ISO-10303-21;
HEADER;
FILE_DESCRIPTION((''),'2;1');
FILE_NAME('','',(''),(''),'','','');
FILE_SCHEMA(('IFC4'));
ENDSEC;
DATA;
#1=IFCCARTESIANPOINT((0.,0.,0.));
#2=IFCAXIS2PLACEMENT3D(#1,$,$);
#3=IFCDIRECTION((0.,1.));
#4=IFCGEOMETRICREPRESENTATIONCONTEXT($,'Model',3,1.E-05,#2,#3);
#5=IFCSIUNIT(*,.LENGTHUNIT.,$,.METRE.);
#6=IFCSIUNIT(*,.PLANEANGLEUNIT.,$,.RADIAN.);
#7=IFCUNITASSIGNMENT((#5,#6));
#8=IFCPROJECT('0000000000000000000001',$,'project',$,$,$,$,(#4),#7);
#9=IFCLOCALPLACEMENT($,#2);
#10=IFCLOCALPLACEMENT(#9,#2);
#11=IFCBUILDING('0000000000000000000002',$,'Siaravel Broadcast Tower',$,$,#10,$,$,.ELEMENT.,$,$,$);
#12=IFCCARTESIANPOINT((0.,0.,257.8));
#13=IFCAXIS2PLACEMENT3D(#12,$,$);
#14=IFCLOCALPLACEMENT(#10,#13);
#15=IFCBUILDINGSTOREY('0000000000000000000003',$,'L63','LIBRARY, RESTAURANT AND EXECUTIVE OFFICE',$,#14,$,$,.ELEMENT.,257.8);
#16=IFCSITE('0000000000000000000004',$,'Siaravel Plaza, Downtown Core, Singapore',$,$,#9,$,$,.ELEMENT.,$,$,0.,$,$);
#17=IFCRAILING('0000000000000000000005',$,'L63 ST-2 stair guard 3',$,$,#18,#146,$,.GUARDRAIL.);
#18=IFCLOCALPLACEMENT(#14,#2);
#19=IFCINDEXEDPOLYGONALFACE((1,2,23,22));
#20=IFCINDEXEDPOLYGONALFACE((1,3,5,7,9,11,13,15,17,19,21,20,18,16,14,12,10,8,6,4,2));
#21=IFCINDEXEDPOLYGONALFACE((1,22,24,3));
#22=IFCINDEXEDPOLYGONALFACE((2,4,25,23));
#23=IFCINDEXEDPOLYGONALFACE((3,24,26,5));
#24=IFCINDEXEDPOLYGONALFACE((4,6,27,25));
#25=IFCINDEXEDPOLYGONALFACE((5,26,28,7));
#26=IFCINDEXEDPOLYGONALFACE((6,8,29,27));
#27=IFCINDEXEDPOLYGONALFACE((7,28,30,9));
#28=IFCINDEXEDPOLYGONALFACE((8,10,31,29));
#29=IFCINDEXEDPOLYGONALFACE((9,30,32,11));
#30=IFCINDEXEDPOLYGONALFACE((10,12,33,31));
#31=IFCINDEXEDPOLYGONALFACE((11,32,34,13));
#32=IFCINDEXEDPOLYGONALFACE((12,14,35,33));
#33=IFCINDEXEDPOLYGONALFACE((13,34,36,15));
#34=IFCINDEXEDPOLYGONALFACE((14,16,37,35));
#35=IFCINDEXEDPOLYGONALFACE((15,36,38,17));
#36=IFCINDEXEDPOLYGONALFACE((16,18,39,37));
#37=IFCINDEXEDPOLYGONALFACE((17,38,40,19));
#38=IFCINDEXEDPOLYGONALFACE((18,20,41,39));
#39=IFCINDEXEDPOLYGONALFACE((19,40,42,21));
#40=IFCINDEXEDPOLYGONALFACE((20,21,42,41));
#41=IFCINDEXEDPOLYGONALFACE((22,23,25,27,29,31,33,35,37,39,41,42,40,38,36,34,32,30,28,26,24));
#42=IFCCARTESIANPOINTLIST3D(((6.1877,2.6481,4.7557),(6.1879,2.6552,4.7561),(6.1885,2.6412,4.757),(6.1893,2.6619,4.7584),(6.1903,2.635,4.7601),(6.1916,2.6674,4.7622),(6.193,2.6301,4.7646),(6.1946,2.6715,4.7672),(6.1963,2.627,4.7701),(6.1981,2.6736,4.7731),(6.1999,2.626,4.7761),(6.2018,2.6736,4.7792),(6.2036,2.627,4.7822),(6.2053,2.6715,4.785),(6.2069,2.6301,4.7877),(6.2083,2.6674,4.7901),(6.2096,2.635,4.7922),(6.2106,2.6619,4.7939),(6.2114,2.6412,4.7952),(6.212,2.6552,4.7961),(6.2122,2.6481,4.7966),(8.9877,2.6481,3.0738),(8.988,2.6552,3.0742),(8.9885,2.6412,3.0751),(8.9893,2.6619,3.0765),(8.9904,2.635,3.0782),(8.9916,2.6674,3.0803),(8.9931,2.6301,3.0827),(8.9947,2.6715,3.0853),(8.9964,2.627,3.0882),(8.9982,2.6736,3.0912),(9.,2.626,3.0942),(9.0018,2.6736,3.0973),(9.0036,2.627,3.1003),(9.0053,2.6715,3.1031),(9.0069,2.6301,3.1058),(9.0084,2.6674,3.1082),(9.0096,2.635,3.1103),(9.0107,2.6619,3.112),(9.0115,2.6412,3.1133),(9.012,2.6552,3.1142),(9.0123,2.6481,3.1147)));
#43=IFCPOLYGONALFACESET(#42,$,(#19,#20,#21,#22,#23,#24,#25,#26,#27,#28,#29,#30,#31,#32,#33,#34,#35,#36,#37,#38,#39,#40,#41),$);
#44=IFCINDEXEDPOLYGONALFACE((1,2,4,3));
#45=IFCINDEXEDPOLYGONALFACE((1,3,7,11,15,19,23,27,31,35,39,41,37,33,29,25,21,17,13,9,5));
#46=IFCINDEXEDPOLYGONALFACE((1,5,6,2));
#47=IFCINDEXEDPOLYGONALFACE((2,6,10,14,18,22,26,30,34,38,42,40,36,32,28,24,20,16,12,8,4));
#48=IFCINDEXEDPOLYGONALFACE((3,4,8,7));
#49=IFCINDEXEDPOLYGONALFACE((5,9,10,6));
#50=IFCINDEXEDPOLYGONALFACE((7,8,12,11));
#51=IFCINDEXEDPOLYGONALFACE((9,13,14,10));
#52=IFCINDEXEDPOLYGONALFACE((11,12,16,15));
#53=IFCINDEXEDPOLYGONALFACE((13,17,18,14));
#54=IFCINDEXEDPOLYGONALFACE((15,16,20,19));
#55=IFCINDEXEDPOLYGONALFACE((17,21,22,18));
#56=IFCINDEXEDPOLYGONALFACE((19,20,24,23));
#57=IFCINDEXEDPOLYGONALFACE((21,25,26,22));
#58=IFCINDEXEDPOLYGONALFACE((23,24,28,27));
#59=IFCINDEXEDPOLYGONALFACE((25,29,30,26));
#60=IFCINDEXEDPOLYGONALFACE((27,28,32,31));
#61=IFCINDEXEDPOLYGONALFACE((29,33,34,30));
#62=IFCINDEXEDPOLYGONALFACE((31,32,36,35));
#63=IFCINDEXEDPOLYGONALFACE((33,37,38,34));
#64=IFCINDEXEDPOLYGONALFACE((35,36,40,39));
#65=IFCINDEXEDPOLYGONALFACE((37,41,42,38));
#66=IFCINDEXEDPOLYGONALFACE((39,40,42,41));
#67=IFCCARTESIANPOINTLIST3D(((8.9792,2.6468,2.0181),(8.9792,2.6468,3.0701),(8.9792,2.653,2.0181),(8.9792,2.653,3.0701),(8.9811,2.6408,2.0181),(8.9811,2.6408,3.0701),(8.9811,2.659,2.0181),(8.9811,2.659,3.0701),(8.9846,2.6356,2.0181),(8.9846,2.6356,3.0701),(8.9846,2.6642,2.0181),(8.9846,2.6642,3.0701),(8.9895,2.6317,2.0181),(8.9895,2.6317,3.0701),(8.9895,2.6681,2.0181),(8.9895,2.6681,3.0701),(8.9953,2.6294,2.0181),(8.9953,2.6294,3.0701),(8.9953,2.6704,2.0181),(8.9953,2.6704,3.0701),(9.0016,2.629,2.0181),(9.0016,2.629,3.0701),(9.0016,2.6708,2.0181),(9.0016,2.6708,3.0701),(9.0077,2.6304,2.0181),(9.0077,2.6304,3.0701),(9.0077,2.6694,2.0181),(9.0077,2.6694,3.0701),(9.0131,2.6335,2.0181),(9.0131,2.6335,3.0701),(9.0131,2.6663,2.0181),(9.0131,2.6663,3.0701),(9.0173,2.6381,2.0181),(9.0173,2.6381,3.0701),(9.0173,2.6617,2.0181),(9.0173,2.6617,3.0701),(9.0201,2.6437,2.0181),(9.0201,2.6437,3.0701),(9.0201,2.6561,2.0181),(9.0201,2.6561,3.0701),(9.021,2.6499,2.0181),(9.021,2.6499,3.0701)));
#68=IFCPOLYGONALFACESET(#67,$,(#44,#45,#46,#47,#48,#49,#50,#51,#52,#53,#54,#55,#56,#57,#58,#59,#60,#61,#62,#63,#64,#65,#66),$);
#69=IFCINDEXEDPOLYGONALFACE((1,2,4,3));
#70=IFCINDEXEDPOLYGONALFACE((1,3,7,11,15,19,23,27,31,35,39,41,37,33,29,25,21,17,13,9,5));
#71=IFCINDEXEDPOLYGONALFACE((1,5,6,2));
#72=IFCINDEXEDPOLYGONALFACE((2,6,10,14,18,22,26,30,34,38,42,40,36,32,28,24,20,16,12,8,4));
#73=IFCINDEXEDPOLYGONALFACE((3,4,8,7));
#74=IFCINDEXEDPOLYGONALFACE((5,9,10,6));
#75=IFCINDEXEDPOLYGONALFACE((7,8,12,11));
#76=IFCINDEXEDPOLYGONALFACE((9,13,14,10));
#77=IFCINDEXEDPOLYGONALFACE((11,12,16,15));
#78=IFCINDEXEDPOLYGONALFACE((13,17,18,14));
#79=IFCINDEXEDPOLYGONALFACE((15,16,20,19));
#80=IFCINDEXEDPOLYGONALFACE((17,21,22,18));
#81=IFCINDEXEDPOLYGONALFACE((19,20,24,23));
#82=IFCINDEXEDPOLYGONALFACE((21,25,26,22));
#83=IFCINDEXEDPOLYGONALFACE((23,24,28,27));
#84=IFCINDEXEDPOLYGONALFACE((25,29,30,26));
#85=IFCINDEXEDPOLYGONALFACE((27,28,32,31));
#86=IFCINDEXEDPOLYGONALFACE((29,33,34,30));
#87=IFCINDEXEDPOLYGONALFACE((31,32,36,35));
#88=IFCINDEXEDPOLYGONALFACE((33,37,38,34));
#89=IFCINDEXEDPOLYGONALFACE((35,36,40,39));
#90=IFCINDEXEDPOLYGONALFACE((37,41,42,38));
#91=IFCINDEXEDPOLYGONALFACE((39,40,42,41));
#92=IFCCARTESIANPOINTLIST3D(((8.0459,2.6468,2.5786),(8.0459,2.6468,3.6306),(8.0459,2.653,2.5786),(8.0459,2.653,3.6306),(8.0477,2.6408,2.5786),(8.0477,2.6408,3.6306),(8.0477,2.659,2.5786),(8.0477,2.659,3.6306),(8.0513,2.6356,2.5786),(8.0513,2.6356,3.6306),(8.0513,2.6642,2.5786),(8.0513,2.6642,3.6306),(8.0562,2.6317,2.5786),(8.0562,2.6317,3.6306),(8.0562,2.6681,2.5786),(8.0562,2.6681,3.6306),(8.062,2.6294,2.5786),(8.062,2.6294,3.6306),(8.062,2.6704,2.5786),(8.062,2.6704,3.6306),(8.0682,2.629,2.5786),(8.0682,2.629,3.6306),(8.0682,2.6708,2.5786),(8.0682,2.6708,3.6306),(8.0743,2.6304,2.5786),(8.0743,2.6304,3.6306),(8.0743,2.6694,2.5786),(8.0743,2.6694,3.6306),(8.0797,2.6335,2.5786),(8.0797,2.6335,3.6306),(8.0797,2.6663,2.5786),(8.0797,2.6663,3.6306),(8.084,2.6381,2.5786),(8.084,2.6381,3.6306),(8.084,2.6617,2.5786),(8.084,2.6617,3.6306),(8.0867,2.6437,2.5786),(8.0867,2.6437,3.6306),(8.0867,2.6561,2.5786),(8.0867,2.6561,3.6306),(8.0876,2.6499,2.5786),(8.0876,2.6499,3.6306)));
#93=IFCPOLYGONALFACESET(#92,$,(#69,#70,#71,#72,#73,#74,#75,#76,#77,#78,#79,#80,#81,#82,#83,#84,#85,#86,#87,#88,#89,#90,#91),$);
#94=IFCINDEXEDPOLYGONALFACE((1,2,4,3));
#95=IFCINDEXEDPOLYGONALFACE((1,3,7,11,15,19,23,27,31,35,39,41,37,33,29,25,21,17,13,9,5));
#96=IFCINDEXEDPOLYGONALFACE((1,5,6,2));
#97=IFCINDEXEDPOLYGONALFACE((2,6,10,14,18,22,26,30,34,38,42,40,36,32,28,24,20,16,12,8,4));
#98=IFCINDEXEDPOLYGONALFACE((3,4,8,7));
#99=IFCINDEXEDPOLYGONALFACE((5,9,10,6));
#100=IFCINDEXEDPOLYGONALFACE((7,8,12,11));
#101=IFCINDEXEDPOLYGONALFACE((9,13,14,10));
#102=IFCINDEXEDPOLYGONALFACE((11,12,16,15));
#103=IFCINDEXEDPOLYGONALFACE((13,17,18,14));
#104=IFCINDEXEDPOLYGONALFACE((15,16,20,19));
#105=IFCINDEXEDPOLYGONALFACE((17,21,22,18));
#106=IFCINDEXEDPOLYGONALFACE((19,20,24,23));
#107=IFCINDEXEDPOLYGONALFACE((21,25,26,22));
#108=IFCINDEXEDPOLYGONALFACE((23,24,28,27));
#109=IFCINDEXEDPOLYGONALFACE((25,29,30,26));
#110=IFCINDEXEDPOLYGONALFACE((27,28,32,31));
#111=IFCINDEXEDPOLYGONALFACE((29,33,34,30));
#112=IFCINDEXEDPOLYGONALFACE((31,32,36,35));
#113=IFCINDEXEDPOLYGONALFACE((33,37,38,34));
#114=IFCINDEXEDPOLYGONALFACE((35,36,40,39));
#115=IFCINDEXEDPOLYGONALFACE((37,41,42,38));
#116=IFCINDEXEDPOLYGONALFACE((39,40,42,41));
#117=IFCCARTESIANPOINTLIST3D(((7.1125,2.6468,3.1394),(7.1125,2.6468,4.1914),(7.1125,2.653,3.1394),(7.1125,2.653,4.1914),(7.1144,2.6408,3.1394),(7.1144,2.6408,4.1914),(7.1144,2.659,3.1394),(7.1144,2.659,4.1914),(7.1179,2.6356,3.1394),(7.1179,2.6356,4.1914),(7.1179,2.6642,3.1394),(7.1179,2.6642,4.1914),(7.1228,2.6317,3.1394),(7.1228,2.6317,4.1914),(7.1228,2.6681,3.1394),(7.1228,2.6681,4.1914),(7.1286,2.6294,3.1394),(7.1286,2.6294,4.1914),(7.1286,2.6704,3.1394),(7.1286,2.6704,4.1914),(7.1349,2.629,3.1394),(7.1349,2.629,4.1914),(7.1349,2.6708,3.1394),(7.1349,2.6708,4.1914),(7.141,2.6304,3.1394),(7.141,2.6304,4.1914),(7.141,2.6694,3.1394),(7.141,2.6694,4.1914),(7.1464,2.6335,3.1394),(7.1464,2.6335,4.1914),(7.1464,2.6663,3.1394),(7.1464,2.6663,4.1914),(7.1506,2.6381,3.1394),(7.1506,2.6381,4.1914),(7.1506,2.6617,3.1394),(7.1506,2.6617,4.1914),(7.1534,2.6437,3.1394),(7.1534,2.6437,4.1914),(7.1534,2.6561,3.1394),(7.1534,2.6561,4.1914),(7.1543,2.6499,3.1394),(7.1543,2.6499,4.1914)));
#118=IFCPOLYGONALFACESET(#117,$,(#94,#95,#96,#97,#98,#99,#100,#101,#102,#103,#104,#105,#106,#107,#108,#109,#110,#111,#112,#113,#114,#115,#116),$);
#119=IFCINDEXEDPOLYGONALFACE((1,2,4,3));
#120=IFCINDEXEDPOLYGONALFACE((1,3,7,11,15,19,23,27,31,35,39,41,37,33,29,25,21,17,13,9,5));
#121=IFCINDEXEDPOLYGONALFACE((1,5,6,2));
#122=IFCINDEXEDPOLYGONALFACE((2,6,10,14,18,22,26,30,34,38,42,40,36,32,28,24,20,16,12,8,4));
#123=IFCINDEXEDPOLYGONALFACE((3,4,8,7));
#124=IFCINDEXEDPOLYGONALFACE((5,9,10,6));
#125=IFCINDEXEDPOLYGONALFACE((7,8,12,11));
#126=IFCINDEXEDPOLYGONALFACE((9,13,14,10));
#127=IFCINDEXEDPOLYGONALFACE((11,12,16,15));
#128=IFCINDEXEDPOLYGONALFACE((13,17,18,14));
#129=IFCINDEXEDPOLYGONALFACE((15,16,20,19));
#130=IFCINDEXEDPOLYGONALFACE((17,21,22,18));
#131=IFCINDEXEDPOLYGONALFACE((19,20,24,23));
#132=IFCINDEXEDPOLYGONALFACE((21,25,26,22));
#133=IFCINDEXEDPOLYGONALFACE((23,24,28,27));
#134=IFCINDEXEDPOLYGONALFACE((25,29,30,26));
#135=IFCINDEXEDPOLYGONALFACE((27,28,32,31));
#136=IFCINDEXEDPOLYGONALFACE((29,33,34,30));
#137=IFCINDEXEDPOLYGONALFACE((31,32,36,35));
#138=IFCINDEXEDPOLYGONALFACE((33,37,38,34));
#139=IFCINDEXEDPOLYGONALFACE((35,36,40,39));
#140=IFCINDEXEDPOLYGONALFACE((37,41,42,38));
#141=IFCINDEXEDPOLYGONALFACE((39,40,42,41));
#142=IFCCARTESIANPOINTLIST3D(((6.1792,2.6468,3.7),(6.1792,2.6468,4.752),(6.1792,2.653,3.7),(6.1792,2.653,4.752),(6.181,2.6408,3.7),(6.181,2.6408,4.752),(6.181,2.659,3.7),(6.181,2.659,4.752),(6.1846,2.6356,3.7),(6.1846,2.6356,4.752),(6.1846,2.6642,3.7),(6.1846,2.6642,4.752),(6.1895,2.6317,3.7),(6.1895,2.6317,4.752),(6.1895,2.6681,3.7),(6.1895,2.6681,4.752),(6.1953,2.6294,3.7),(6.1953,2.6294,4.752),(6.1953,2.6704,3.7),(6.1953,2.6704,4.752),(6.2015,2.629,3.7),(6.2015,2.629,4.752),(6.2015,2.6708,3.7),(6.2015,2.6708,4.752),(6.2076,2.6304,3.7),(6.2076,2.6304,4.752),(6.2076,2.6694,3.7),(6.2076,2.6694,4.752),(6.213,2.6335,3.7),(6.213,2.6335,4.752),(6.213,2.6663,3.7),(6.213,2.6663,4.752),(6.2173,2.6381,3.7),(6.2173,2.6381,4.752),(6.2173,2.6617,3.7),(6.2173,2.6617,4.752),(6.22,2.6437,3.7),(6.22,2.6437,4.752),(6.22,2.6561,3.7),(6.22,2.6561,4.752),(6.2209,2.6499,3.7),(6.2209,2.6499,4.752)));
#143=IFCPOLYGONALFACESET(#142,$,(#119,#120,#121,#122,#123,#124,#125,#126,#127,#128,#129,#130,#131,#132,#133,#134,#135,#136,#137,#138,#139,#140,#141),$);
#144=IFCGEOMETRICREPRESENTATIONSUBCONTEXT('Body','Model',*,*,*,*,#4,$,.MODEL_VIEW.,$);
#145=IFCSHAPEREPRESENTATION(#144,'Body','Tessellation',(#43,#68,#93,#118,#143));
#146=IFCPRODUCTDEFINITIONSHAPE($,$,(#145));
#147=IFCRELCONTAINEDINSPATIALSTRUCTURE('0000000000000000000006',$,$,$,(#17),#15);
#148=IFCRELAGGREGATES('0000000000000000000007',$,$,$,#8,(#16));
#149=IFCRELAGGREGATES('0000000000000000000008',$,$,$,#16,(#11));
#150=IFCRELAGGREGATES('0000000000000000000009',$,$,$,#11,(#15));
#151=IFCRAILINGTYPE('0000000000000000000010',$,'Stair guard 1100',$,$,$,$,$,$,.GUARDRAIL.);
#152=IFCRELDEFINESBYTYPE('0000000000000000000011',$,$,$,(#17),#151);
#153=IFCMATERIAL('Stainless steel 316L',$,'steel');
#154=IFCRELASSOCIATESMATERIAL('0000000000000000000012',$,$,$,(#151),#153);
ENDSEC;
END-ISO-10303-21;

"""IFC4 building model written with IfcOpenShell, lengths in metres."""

from ifc_helpers import new_model, si_unit, direction, frame, origin, origin_2d, place, context, subcontext, project, spatial, circle, extrude, material, type_object, element, save


model = new_model("IFC4")

# Units and contexts
model_context = context("Model", 3, precision=1e-05, world=origin(), true_north=direction((0.0, 1.0)))
body_context = subcontext(model_context, "Body", "Model", "MODEL_VIEW")
ifc_project = project(units=[si_unit("LENGTHUNIT", "METRE"), si_unit("PLANEANGLEUNIT", "RADIAN")], contexts=[model_context])

# Site, building, storey
site_placement = place(None, origin())
site = spatial("IfcSite", under=ifc_project, at=site_placement, Name="Siaravel Plaza, Downtown Core, Singapore", CompositionType="ELEMENT", RefElevation=0.0)
building_placement = place(site_placement, origin())
building = spatial("IfcBuilding", under=site, at=building_placement, Name="Siaravel Broadcast Tower", CompositionType="ELEMENT")
storey_placement = place(building_placement, frame((0.0, 0.0, 257.8)))
storey = spatial("IfcBuildingStorey", under=building, at=storey_placement, Name="L63", Description="LIBRARY, RESTAURANT AND EXECUTIVE OFFICE", CompositionType="ELEMENT", Elevation=257.8)

# Railing
ifc_material_1 = material(Name="Stainless steel 316L", Category="steel")
railing_type_1 = type_object("IfcRailingType", Name="Stair guard 1100", PredefinedType="GUARDRAIL", material=ifc_material_1)
railing_1_placement = place(storey_placement, frame((9.0, 2.6499, 2.0181)))
element("IfcRailing", 1, at=railing_1_placement, inside=storey, type_object=railing_type_1, Name="L63 ST-2 stair guard 3", PredefinedType="GUARDRAIL", context=body_context, shape_type="SweptSolid", body=[
    extrude(circle(Radius=0.0239, at=origin_2d()), frame((0.0, 0.0, 1.0762), z_axis=(-0.857242, 0.0, 0.514913), x_axis=(0.0, -1.0, 0.0)), (0.0, 0.0, 1.0), 3.2664),
    extrude(circle(Radius=0.021, at=origin_2d()), origin(), (0.0, 0.0, 1.0), 1.052),
    extrude(circle(Radius=0.021, at=origin_2d()), frame((-0.9333, 0.0, 0.5605)), (0.0, 0.0, 1.0), 1.052),
    extrude(circle(Radius=0.021, at=origin_2d()), frame((-1.8667, 0.0, 1.1213)), (0.0, 0.0, 1.0), 1.052),
    extrude(circle(Radius=0.021, at=origin_2d()), frame((-2.8, 0.0, 1.6819)), (0.0, 0.0, 1.0), 1.052),
])

save(model, "model.ifc")
